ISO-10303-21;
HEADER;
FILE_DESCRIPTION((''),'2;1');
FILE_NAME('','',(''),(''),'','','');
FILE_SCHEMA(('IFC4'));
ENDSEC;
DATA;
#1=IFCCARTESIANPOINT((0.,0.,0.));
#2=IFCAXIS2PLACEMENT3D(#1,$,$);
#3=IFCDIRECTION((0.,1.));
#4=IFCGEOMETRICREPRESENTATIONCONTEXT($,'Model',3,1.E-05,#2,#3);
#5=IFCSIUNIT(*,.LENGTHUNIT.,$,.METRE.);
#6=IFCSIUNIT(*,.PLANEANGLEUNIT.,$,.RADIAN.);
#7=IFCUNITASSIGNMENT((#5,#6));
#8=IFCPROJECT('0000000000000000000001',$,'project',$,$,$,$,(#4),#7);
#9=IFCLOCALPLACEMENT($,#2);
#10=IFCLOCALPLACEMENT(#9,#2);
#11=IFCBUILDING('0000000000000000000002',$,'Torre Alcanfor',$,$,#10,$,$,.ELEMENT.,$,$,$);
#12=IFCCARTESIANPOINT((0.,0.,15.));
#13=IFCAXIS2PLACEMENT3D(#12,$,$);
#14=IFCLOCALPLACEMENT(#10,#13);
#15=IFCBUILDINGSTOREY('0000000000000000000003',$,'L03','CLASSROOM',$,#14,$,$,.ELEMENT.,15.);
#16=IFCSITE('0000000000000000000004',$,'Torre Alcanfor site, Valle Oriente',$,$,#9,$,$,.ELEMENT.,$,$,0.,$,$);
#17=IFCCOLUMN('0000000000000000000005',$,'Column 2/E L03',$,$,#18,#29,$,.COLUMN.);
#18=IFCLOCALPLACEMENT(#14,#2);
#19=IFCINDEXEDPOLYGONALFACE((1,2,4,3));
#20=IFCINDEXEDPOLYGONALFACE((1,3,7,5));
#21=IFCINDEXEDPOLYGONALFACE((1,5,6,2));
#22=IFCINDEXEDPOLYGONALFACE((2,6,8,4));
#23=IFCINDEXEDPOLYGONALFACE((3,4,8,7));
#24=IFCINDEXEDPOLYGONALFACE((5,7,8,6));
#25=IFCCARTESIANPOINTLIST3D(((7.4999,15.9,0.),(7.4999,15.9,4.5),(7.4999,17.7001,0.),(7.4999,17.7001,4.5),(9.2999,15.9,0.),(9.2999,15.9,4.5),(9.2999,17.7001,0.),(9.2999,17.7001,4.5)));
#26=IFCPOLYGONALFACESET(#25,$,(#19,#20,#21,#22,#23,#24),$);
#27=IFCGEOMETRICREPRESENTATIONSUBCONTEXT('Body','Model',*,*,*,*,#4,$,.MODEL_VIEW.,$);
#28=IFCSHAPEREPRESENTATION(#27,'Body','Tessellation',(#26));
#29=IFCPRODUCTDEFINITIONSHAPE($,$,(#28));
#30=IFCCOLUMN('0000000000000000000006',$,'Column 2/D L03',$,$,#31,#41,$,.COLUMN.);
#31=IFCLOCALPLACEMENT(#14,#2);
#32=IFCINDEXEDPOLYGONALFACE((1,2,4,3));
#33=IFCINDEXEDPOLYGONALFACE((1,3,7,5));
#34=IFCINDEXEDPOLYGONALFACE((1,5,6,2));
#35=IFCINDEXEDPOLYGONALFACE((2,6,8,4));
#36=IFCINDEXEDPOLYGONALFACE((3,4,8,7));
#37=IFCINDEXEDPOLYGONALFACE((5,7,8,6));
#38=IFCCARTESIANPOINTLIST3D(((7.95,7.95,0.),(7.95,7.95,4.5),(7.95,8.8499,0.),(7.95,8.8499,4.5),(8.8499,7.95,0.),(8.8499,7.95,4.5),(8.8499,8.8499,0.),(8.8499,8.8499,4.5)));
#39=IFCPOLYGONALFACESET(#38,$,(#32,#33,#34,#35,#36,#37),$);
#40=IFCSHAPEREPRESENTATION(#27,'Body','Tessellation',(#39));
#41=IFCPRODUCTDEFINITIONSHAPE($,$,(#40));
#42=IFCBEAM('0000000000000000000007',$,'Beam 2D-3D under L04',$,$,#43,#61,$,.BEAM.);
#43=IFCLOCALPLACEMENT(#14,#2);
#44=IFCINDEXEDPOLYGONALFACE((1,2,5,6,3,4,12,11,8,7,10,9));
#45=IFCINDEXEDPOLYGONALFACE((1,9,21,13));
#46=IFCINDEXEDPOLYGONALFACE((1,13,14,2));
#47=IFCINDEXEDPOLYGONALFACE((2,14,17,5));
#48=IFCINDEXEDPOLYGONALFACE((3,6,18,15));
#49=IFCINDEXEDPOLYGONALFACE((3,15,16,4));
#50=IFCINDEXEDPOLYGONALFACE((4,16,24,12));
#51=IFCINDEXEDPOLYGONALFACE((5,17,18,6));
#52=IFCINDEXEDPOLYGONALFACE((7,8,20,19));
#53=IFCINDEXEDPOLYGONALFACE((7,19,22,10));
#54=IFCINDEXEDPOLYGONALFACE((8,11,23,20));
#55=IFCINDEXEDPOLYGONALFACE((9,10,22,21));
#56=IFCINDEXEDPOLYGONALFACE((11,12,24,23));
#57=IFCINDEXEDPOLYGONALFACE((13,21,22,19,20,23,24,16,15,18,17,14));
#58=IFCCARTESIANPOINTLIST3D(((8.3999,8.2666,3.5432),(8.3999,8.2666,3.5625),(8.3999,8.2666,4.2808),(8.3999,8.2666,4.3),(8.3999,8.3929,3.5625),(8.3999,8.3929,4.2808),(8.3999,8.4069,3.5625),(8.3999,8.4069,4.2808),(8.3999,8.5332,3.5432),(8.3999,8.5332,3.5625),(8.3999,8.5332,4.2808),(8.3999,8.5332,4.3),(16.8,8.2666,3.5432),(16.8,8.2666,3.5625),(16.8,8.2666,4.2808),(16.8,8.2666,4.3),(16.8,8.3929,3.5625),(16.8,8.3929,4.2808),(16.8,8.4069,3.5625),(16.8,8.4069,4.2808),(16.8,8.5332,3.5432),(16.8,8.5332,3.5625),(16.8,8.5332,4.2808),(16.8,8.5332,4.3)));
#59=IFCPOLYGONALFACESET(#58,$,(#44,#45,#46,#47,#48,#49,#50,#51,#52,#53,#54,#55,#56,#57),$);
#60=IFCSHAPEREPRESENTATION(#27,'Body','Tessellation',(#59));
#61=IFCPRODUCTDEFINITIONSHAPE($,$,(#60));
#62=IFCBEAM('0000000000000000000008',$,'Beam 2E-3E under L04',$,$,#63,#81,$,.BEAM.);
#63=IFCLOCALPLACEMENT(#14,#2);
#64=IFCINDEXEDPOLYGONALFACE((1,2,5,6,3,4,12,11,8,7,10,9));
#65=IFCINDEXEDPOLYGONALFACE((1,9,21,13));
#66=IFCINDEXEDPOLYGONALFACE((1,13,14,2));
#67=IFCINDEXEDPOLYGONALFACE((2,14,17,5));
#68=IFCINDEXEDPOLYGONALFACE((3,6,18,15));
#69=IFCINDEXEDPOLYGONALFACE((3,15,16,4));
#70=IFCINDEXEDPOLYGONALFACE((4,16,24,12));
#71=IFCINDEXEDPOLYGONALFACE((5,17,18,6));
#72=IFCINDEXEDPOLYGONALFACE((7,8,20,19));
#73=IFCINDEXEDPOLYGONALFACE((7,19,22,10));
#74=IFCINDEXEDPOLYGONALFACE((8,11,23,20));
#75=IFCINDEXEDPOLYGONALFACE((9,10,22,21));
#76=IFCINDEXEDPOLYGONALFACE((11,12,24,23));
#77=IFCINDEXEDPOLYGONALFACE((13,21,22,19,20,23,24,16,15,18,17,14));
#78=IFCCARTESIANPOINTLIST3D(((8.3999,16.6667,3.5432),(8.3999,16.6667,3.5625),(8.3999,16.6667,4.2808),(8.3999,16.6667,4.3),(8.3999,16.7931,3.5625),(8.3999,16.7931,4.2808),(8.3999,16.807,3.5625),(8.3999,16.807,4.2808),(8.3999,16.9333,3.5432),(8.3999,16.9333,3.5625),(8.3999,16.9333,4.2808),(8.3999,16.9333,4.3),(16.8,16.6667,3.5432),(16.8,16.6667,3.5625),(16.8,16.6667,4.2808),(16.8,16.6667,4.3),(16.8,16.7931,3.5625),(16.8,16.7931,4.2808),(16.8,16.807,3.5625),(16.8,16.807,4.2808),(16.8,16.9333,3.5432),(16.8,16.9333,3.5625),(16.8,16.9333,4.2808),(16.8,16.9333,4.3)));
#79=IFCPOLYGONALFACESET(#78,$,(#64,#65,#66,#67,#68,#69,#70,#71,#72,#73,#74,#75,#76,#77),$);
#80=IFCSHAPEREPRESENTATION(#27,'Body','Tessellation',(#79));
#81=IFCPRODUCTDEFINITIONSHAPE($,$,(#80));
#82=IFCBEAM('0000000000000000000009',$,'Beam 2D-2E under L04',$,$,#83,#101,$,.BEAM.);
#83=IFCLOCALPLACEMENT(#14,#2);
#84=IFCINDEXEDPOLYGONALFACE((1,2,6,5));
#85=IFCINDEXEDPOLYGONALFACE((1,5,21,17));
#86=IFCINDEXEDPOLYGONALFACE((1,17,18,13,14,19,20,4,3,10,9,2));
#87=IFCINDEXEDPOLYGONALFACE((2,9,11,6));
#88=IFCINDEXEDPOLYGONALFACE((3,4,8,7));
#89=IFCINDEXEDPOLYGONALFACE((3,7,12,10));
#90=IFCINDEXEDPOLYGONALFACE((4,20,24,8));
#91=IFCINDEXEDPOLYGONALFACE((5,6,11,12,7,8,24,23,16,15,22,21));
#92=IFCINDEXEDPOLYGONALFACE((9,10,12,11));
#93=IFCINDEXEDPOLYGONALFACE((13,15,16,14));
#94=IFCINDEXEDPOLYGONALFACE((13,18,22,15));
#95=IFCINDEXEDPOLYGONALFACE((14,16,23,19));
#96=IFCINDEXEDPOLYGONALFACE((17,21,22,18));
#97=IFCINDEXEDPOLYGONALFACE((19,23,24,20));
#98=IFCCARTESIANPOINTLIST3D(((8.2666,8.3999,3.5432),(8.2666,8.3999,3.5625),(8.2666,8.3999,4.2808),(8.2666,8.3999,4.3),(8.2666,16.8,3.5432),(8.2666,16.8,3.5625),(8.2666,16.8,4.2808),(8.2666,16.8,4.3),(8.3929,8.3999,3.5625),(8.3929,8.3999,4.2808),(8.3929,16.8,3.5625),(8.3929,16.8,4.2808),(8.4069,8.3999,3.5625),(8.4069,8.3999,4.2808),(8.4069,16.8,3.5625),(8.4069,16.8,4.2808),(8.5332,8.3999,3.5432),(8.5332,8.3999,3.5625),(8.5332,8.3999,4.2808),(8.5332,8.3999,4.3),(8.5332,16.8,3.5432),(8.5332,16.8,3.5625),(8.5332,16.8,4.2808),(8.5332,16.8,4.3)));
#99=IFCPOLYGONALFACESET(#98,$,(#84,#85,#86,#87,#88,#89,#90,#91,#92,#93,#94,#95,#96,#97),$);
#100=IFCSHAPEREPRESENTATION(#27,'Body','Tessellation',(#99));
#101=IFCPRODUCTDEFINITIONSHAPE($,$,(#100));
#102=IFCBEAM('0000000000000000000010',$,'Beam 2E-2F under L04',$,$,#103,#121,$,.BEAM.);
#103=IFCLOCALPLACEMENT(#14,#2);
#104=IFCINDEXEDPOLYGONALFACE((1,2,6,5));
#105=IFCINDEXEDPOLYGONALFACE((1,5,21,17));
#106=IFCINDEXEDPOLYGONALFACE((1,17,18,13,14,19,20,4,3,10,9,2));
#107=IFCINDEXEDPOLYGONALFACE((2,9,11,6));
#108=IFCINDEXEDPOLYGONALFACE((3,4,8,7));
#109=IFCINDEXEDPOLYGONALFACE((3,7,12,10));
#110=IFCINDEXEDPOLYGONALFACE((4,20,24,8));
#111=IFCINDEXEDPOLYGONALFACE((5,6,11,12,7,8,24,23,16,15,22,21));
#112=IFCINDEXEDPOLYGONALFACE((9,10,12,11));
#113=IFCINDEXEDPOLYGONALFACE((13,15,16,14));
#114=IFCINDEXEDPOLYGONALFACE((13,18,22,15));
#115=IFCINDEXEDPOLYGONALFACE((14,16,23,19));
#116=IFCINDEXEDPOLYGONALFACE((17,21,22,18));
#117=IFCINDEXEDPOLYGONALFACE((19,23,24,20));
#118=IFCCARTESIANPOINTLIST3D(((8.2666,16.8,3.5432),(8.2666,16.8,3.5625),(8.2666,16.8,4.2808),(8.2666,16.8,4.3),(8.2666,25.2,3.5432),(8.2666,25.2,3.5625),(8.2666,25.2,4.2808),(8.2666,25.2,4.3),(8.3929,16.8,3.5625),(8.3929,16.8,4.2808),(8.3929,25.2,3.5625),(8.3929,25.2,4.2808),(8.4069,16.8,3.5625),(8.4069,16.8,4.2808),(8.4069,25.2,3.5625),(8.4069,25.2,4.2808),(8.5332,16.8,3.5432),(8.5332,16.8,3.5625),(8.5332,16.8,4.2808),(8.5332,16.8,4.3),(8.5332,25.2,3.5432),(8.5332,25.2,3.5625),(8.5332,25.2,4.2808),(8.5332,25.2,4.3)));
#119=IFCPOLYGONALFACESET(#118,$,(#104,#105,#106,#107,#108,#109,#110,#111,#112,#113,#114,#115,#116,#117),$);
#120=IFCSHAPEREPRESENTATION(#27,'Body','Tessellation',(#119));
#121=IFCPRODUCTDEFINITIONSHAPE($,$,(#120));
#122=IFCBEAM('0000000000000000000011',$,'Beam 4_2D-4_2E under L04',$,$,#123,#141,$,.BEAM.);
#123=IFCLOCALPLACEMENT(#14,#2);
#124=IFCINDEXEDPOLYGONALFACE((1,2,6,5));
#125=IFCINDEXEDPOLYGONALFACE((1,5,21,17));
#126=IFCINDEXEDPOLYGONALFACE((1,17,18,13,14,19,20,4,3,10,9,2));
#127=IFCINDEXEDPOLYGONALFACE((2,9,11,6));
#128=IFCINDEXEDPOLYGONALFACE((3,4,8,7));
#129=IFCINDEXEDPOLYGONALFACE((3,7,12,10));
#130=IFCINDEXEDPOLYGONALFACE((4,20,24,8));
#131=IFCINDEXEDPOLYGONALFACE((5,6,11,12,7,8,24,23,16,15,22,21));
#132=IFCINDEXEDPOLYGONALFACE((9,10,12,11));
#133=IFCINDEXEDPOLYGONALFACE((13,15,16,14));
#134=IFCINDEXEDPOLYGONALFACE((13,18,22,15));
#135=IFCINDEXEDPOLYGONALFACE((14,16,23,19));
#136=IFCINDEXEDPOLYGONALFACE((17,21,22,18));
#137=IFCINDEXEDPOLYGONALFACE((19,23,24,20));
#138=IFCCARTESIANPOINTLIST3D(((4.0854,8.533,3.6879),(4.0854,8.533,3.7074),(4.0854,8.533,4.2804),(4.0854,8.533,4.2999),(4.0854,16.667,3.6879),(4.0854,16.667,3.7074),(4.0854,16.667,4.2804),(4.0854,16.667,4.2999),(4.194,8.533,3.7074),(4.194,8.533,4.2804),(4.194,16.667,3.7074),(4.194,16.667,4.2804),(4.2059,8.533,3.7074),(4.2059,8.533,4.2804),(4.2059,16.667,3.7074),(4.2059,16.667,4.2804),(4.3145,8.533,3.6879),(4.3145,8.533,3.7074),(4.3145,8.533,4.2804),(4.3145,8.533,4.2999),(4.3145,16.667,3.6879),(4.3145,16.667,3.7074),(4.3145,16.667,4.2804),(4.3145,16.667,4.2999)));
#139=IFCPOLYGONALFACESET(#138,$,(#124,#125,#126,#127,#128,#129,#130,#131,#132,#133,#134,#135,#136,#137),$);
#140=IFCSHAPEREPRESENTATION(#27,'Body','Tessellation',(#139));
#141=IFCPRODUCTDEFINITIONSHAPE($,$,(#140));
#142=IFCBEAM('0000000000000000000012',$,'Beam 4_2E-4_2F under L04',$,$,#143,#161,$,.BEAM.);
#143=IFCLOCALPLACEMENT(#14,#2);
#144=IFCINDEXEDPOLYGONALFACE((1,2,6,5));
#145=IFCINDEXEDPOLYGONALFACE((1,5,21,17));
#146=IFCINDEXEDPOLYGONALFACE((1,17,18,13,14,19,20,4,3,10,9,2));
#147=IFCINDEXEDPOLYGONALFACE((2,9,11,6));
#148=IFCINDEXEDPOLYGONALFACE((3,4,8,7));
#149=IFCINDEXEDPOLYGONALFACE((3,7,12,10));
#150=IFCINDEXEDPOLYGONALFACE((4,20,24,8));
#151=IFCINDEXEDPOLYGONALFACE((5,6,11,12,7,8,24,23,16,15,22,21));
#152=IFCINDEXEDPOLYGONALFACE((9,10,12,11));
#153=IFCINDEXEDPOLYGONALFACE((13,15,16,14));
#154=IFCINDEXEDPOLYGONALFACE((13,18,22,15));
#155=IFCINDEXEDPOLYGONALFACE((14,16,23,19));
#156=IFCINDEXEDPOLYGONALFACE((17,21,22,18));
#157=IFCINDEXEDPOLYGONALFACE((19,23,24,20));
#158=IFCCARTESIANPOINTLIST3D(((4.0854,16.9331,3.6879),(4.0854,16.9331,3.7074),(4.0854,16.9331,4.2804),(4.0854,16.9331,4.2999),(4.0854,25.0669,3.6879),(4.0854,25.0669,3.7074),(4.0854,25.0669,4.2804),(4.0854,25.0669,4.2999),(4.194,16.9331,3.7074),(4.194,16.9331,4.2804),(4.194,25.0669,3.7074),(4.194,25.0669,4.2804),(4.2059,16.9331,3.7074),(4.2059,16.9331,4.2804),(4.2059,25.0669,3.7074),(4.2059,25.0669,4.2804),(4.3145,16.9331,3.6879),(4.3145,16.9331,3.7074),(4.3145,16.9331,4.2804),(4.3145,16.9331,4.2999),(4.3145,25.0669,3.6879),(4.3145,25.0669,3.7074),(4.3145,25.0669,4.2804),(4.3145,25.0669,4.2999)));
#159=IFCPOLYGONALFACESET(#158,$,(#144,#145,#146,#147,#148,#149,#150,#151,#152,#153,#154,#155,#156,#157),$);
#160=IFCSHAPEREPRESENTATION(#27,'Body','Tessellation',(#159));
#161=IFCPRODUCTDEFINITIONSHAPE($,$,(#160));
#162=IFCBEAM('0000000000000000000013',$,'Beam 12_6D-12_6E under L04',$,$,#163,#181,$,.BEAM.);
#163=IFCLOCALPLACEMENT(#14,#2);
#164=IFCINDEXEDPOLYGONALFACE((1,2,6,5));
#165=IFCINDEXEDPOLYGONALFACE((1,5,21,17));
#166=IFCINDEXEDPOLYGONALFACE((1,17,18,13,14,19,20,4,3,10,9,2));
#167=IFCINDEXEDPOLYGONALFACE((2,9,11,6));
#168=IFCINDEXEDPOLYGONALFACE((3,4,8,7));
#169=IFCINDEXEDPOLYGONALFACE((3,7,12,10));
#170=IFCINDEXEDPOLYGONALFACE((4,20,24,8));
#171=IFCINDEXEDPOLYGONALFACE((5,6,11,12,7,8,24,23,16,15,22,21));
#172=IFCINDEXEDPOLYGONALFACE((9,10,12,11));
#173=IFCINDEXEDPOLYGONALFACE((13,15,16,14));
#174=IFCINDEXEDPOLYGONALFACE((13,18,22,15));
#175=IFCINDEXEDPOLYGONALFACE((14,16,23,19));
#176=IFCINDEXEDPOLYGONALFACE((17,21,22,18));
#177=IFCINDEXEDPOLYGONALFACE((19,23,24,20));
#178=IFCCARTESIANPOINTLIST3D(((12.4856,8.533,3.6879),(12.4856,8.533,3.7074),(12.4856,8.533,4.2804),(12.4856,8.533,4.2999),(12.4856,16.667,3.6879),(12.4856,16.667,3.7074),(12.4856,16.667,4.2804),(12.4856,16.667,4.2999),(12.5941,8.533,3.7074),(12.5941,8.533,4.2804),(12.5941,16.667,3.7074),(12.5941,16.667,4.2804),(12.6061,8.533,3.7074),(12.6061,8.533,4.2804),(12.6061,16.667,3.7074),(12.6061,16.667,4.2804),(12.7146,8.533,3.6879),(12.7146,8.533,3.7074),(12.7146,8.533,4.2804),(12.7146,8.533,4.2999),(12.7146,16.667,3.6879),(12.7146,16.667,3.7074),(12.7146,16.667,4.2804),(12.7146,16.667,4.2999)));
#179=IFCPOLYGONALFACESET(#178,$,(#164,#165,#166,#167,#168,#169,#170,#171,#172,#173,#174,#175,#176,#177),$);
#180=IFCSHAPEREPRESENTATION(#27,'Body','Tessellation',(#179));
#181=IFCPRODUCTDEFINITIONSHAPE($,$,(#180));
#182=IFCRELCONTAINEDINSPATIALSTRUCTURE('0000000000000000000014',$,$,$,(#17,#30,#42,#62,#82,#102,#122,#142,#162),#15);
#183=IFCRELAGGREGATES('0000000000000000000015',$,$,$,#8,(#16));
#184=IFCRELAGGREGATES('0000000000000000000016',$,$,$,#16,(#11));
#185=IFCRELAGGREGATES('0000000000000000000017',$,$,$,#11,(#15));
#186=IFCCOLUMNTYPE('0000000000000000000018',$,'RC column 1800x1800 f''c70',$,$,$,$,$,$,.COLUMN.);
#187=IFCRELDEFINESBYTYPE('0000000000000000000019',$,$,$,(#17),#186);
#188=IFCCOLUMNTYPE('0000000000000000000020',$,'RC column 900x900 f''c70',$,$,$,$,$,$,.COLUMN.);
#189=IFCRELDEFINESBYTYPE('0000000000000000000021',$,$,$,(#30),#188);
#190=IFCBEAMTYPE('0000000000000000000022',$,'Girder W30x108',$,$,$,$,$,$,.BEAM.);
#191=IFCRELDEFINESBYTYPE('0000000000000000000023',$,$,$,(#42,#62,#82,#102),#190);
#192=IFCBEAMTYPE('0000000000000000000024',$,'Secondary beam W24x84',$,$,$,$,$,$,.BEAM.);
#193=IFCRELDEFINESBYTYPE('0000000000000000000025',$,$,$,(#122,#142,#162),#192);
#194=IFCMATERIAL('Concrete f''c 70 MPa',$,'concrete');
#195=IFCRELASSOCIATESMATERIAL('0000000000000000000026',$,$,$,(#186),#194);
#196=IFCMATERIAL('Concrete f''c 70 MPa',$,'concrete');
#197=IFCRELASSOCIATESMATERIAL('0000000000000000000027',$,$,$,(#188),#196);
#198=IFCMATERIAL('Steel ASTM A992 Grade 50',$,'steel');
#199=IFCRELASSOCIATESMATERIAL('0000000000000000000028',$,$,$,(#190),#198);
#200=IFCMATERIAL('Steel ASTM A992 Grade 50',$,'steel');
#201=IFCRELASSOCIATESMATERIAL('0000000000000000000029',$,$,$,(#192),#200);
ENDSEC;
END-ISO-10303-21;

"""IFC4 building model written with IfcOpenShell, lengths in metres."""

from ifc_helpers import new_model, si_unit, direction, frame, origin, origin_2d, place, context, subcontext, project, spatial, rectangle, i_section, extrude, material, material_profile, profile_set, type_object, element, save


model = new_model("IFC4")

# Units and contexts
model_context = context("Model", 3, precision=1e-05, world=origin(), true_north=direction((0.0, 1.0)))
body_context = subcontext(model_context, "Body", "Model", "MODEL_VIEW")
ifc_project = project(units=[si_unit("LENGTHUNIT", "METRE"), si_unit("PLANEANGLEUNIT", "RADIAN")], contexts=[model_context])

# Site, building, storey
site_placement = place(None, origin())
site = spatial("IfcSite", under=ifc_project, at=site_placement, Name="Torre Alcanfor site, Valle Oriente", CompositionType="ELEMENT", RefElevation=0.0)
building_placement = place(site_placement, origin())
building = spatial("IfcBuilding", under=site, at=building_placement, Name="Torre Alcanfor", CompositionType="ELEMENT")
storey_placement = place(building_placement, frame((0.0, 0.0, 15.0)))
storey = spatial("IfcBuildingStorey", under=building, at=storey_placement, Name="L03", Description="CLASSROOM", CompositionType="ELEMENT", Elevation=15.0)

# Columns
ifc_material_1 = material(Name="Concrete f'c 70 MPa", Category="concrete")
ifc_material_profile_1 = material_profile(ifc_material_1, rectangle(XDim=1.8, YDim=1.8, at=origin_2d()), Name="1800x1800")
ifc_profile_set_1 = profile_set([ifc_material_profile_1], Name="Concrete f'c 70 MPa")
column_type_1 = type_object("IfcColumnType", Name="RC column 1800x1800 f'c70", PredefinedType="COLUMN", material=ifc_profile_set_1)
column_1_placement = place(storey_placement, frame((8.3999, 16.8, 0.0), z_axis=(0.0, 0.0, 1.0), x_axis=(1.0, 0.0, 0.0)))
element("IfcColumn", 1, at=column_1_placement, inside=storey, type_object=column_type_1, Name="Column 2/E L03", PredefinedType="COLUMN", context=body_context, shape_type="SweptSolid", body=[
    extrude(rectangle(XDim=1.8, YDim=1.8, at=origin_2d()), origin(), (0.0, 0.0, 1.0), 4.5),
])
ifc_material_2 = material(Name="Concrete f'c 70 MPa", Category="concrete")
ifc_material_profile_2 = material_profile(ifc_material_2, rectangle(XDim=0.8999, YDim=0.8999, at=origin_2d()), Name="900x900")
ifc_profile_set_2 = profile_set([ifc_material_profile_2], Name="Concrete f'c 70 MPa")
column_type_2 = type_object("IfcColumnType", Name="RC column 900x900 f'c70", PredefinedType="COLUMN", material=ifc_profile_set_2)
column_2_placement = place(storey_placement, frame((8.3999, 8.3999, 0.0), z_axis=(0.0, 0.0, 1.0), x_axis=(1.0, 0.0, 0.0)))
element("IfcColumn", 2, at=column_2_placement, inside=storey, type_object=column_type_2, Name="Column 2/D L03", PredefinedType="COLUMN", context=body_context, shape_type="SweptSolid", body=[
    extrude(rectangle(XDim=0.8999, YDim=0.8999, at=origin_2d()), origin(), (0.0, 0.0, 1.0), 4.5),
])

# Beams
ifc_material_3 = material(Name="Steel ASTM A992 Grade 50", Category="steel")
ifc_material_profile_3 = material_profile(ifc_material_3, i_section(OverallWidth=0.2666, OverallDepth=0.7568, WebThickness=0.0139, FlangeThickness=0.0193, at=origin_2d()), Name="W30x108")
ifc_profile_set_3 = profile_set([ifc_material_profile_3], Name="Steel ASTM A992 Grade 50")
beam_type_1 = type_object("IfcBeamType", Name="Girder W30x108", PredefinedType="BEAM", material=ifc_profile_set_3)
for number, where, z_axis, x_axis, name in (
    (3, (8.3999, 8.3999, 3.9216), (1.0, 0.0, 0.0), (0.0, 1.0, 0.0), "Beam 2D-3D under L04"),
    (4, (8.3999, 16.8, 3.9216), (1.0, 0.0, 0.0), (0.0, 1.0, 0.0), "Beam 2E-3E under L04"),
    (5, (8.3999, 8.3999, 3.9216), (0.0, 1.0, 0.0), (-1.0, 0.0, 0.0), "Beam 2D-2E under L04"),
):
    element("IfcBeam", number, at=place(storey_placement, frame(where, z_axis=z_axis, x_axis=x_axis)), inside=storey, type_object=beam_type_1, Name=name, PredefinedType="BEAM", context=body_context, shape_type="SweptSolid", body=[
        extrude(i_section(OverallWidth=0.2666, OverallDepth=0.7568, WebThickness=0.0139, FlangeThickness=0.0193, at=origin_2d()), origin(), (0.0, 0.0, 1.0), 8.4001),
    ])
beam_1_placement = place(storey_placement, frame((8.3999, 16.8, 3.9216), z_axis=(0.0, 1.0, 0.0), x_axis=(-1.0, 0.0, 0.0)))
element("IfcBeam", 6, at=beam_1_placement, inside=storey, type_object=beam_type_1, Name="Beam 2E-2F under L04", PredefinedType="BEAM", context=body_context, shape_type="SweptSolid", body=[
    extrude(i_section(OverallWidth=0.2666, OverallDepth=0.7568, WebThickness=0.0139, FlangeThickness=0.0193, at=origin_2d()), origin(), (0.0, 0.0, 1.0), 8.3999),
])
ifc_material_4 = material(Name="Steel ASTM A992 Grade 50", Category="steel")
ifc_material_profile_4 = material_profile(ifc_material_4, i_section(OverallWidth=0.229, OverallDepth=0.6121, WebThickness=0.012, FlangeThickness=0.0195, at=origin_2d()), Name="W24x84")
ifc_profile_set_4 = profile_set([ifc_material_profile_4], Name="Steel ASTM A992 Grade 50")
beam_type_2 = type_object("IfcBeamType", Name="Secondary beam W24x84", PredefinedType="BEAM", material=ifc_profile_set_4)
beam_2_placement = place(storey_placement, frame((4.2, 8.533, 3.9939), z_axis=(0.0, 1.0, 0.0), x_axis=(-1.0, 0.0, 0.0)))
element("IfcBeam", 7, at=beam_2_placement, inside=storey, type_object=beam_type_2, Name="Beam 4_2D-4_2E under L04", PredefinedType="BEAM", context=body_context, shape_type="SweptSolid", body=[
    extrude(i_section(OverallWidth=0.229, OverallDepth=0.6121, WebThickness=0.012, FlangeThickness=0.0195, at=origin_2d()), origin(), (0.0, 0.0, 1.0), 8.134),
])
beam_3_placement = place(storey_placement, frame((4.2, 16.9331, 3.9939), z_axis=(0.0, 1.0, 0.0), x_axis=(-1.0, 0.0, 0.0)))
element("IfcBeam", 8, at=beam_3_placement, inside=storey, type_object=beam_type_2, Name="Beam 4_2E-4_2F under L04", PredefinedType="BEAM", context=body_context, shape_type="SweptSolid", body=[
    extrude(i_section(OverallWidth=0.229, OverallDepth=0.6121, WebThickness=0.012, FlangeThickness=0.0195, at=origin_2d()), origin(), (0.0, 0.0, 1.0), 8.1338),
])
beam_4_placement = place(storey_placement, frame((12.6001, 8.533, 3.9939), z_axis=(0.0, 1.0, 0.0), x_axis=(-1.0, 0.0, 0.0)))
element("IfcBeam", 9, at=beam_4_placement, inside=storey, type_object=beam_type_2, Name="Beam 12_6D-12_6E under L04", PredefinedType="BEAM", context=body_context, shape_type="SweptSolid", body=[
    extrude(i_section(OverallWidth=0.229, OverallDepth=0.6121, WebThickness=0.012, FlangeThickness=0.0195, at=origin_2d()), origin(), (0.0, 0.0, 1.0), 8.134),
])

save(model, "model.ifc")
